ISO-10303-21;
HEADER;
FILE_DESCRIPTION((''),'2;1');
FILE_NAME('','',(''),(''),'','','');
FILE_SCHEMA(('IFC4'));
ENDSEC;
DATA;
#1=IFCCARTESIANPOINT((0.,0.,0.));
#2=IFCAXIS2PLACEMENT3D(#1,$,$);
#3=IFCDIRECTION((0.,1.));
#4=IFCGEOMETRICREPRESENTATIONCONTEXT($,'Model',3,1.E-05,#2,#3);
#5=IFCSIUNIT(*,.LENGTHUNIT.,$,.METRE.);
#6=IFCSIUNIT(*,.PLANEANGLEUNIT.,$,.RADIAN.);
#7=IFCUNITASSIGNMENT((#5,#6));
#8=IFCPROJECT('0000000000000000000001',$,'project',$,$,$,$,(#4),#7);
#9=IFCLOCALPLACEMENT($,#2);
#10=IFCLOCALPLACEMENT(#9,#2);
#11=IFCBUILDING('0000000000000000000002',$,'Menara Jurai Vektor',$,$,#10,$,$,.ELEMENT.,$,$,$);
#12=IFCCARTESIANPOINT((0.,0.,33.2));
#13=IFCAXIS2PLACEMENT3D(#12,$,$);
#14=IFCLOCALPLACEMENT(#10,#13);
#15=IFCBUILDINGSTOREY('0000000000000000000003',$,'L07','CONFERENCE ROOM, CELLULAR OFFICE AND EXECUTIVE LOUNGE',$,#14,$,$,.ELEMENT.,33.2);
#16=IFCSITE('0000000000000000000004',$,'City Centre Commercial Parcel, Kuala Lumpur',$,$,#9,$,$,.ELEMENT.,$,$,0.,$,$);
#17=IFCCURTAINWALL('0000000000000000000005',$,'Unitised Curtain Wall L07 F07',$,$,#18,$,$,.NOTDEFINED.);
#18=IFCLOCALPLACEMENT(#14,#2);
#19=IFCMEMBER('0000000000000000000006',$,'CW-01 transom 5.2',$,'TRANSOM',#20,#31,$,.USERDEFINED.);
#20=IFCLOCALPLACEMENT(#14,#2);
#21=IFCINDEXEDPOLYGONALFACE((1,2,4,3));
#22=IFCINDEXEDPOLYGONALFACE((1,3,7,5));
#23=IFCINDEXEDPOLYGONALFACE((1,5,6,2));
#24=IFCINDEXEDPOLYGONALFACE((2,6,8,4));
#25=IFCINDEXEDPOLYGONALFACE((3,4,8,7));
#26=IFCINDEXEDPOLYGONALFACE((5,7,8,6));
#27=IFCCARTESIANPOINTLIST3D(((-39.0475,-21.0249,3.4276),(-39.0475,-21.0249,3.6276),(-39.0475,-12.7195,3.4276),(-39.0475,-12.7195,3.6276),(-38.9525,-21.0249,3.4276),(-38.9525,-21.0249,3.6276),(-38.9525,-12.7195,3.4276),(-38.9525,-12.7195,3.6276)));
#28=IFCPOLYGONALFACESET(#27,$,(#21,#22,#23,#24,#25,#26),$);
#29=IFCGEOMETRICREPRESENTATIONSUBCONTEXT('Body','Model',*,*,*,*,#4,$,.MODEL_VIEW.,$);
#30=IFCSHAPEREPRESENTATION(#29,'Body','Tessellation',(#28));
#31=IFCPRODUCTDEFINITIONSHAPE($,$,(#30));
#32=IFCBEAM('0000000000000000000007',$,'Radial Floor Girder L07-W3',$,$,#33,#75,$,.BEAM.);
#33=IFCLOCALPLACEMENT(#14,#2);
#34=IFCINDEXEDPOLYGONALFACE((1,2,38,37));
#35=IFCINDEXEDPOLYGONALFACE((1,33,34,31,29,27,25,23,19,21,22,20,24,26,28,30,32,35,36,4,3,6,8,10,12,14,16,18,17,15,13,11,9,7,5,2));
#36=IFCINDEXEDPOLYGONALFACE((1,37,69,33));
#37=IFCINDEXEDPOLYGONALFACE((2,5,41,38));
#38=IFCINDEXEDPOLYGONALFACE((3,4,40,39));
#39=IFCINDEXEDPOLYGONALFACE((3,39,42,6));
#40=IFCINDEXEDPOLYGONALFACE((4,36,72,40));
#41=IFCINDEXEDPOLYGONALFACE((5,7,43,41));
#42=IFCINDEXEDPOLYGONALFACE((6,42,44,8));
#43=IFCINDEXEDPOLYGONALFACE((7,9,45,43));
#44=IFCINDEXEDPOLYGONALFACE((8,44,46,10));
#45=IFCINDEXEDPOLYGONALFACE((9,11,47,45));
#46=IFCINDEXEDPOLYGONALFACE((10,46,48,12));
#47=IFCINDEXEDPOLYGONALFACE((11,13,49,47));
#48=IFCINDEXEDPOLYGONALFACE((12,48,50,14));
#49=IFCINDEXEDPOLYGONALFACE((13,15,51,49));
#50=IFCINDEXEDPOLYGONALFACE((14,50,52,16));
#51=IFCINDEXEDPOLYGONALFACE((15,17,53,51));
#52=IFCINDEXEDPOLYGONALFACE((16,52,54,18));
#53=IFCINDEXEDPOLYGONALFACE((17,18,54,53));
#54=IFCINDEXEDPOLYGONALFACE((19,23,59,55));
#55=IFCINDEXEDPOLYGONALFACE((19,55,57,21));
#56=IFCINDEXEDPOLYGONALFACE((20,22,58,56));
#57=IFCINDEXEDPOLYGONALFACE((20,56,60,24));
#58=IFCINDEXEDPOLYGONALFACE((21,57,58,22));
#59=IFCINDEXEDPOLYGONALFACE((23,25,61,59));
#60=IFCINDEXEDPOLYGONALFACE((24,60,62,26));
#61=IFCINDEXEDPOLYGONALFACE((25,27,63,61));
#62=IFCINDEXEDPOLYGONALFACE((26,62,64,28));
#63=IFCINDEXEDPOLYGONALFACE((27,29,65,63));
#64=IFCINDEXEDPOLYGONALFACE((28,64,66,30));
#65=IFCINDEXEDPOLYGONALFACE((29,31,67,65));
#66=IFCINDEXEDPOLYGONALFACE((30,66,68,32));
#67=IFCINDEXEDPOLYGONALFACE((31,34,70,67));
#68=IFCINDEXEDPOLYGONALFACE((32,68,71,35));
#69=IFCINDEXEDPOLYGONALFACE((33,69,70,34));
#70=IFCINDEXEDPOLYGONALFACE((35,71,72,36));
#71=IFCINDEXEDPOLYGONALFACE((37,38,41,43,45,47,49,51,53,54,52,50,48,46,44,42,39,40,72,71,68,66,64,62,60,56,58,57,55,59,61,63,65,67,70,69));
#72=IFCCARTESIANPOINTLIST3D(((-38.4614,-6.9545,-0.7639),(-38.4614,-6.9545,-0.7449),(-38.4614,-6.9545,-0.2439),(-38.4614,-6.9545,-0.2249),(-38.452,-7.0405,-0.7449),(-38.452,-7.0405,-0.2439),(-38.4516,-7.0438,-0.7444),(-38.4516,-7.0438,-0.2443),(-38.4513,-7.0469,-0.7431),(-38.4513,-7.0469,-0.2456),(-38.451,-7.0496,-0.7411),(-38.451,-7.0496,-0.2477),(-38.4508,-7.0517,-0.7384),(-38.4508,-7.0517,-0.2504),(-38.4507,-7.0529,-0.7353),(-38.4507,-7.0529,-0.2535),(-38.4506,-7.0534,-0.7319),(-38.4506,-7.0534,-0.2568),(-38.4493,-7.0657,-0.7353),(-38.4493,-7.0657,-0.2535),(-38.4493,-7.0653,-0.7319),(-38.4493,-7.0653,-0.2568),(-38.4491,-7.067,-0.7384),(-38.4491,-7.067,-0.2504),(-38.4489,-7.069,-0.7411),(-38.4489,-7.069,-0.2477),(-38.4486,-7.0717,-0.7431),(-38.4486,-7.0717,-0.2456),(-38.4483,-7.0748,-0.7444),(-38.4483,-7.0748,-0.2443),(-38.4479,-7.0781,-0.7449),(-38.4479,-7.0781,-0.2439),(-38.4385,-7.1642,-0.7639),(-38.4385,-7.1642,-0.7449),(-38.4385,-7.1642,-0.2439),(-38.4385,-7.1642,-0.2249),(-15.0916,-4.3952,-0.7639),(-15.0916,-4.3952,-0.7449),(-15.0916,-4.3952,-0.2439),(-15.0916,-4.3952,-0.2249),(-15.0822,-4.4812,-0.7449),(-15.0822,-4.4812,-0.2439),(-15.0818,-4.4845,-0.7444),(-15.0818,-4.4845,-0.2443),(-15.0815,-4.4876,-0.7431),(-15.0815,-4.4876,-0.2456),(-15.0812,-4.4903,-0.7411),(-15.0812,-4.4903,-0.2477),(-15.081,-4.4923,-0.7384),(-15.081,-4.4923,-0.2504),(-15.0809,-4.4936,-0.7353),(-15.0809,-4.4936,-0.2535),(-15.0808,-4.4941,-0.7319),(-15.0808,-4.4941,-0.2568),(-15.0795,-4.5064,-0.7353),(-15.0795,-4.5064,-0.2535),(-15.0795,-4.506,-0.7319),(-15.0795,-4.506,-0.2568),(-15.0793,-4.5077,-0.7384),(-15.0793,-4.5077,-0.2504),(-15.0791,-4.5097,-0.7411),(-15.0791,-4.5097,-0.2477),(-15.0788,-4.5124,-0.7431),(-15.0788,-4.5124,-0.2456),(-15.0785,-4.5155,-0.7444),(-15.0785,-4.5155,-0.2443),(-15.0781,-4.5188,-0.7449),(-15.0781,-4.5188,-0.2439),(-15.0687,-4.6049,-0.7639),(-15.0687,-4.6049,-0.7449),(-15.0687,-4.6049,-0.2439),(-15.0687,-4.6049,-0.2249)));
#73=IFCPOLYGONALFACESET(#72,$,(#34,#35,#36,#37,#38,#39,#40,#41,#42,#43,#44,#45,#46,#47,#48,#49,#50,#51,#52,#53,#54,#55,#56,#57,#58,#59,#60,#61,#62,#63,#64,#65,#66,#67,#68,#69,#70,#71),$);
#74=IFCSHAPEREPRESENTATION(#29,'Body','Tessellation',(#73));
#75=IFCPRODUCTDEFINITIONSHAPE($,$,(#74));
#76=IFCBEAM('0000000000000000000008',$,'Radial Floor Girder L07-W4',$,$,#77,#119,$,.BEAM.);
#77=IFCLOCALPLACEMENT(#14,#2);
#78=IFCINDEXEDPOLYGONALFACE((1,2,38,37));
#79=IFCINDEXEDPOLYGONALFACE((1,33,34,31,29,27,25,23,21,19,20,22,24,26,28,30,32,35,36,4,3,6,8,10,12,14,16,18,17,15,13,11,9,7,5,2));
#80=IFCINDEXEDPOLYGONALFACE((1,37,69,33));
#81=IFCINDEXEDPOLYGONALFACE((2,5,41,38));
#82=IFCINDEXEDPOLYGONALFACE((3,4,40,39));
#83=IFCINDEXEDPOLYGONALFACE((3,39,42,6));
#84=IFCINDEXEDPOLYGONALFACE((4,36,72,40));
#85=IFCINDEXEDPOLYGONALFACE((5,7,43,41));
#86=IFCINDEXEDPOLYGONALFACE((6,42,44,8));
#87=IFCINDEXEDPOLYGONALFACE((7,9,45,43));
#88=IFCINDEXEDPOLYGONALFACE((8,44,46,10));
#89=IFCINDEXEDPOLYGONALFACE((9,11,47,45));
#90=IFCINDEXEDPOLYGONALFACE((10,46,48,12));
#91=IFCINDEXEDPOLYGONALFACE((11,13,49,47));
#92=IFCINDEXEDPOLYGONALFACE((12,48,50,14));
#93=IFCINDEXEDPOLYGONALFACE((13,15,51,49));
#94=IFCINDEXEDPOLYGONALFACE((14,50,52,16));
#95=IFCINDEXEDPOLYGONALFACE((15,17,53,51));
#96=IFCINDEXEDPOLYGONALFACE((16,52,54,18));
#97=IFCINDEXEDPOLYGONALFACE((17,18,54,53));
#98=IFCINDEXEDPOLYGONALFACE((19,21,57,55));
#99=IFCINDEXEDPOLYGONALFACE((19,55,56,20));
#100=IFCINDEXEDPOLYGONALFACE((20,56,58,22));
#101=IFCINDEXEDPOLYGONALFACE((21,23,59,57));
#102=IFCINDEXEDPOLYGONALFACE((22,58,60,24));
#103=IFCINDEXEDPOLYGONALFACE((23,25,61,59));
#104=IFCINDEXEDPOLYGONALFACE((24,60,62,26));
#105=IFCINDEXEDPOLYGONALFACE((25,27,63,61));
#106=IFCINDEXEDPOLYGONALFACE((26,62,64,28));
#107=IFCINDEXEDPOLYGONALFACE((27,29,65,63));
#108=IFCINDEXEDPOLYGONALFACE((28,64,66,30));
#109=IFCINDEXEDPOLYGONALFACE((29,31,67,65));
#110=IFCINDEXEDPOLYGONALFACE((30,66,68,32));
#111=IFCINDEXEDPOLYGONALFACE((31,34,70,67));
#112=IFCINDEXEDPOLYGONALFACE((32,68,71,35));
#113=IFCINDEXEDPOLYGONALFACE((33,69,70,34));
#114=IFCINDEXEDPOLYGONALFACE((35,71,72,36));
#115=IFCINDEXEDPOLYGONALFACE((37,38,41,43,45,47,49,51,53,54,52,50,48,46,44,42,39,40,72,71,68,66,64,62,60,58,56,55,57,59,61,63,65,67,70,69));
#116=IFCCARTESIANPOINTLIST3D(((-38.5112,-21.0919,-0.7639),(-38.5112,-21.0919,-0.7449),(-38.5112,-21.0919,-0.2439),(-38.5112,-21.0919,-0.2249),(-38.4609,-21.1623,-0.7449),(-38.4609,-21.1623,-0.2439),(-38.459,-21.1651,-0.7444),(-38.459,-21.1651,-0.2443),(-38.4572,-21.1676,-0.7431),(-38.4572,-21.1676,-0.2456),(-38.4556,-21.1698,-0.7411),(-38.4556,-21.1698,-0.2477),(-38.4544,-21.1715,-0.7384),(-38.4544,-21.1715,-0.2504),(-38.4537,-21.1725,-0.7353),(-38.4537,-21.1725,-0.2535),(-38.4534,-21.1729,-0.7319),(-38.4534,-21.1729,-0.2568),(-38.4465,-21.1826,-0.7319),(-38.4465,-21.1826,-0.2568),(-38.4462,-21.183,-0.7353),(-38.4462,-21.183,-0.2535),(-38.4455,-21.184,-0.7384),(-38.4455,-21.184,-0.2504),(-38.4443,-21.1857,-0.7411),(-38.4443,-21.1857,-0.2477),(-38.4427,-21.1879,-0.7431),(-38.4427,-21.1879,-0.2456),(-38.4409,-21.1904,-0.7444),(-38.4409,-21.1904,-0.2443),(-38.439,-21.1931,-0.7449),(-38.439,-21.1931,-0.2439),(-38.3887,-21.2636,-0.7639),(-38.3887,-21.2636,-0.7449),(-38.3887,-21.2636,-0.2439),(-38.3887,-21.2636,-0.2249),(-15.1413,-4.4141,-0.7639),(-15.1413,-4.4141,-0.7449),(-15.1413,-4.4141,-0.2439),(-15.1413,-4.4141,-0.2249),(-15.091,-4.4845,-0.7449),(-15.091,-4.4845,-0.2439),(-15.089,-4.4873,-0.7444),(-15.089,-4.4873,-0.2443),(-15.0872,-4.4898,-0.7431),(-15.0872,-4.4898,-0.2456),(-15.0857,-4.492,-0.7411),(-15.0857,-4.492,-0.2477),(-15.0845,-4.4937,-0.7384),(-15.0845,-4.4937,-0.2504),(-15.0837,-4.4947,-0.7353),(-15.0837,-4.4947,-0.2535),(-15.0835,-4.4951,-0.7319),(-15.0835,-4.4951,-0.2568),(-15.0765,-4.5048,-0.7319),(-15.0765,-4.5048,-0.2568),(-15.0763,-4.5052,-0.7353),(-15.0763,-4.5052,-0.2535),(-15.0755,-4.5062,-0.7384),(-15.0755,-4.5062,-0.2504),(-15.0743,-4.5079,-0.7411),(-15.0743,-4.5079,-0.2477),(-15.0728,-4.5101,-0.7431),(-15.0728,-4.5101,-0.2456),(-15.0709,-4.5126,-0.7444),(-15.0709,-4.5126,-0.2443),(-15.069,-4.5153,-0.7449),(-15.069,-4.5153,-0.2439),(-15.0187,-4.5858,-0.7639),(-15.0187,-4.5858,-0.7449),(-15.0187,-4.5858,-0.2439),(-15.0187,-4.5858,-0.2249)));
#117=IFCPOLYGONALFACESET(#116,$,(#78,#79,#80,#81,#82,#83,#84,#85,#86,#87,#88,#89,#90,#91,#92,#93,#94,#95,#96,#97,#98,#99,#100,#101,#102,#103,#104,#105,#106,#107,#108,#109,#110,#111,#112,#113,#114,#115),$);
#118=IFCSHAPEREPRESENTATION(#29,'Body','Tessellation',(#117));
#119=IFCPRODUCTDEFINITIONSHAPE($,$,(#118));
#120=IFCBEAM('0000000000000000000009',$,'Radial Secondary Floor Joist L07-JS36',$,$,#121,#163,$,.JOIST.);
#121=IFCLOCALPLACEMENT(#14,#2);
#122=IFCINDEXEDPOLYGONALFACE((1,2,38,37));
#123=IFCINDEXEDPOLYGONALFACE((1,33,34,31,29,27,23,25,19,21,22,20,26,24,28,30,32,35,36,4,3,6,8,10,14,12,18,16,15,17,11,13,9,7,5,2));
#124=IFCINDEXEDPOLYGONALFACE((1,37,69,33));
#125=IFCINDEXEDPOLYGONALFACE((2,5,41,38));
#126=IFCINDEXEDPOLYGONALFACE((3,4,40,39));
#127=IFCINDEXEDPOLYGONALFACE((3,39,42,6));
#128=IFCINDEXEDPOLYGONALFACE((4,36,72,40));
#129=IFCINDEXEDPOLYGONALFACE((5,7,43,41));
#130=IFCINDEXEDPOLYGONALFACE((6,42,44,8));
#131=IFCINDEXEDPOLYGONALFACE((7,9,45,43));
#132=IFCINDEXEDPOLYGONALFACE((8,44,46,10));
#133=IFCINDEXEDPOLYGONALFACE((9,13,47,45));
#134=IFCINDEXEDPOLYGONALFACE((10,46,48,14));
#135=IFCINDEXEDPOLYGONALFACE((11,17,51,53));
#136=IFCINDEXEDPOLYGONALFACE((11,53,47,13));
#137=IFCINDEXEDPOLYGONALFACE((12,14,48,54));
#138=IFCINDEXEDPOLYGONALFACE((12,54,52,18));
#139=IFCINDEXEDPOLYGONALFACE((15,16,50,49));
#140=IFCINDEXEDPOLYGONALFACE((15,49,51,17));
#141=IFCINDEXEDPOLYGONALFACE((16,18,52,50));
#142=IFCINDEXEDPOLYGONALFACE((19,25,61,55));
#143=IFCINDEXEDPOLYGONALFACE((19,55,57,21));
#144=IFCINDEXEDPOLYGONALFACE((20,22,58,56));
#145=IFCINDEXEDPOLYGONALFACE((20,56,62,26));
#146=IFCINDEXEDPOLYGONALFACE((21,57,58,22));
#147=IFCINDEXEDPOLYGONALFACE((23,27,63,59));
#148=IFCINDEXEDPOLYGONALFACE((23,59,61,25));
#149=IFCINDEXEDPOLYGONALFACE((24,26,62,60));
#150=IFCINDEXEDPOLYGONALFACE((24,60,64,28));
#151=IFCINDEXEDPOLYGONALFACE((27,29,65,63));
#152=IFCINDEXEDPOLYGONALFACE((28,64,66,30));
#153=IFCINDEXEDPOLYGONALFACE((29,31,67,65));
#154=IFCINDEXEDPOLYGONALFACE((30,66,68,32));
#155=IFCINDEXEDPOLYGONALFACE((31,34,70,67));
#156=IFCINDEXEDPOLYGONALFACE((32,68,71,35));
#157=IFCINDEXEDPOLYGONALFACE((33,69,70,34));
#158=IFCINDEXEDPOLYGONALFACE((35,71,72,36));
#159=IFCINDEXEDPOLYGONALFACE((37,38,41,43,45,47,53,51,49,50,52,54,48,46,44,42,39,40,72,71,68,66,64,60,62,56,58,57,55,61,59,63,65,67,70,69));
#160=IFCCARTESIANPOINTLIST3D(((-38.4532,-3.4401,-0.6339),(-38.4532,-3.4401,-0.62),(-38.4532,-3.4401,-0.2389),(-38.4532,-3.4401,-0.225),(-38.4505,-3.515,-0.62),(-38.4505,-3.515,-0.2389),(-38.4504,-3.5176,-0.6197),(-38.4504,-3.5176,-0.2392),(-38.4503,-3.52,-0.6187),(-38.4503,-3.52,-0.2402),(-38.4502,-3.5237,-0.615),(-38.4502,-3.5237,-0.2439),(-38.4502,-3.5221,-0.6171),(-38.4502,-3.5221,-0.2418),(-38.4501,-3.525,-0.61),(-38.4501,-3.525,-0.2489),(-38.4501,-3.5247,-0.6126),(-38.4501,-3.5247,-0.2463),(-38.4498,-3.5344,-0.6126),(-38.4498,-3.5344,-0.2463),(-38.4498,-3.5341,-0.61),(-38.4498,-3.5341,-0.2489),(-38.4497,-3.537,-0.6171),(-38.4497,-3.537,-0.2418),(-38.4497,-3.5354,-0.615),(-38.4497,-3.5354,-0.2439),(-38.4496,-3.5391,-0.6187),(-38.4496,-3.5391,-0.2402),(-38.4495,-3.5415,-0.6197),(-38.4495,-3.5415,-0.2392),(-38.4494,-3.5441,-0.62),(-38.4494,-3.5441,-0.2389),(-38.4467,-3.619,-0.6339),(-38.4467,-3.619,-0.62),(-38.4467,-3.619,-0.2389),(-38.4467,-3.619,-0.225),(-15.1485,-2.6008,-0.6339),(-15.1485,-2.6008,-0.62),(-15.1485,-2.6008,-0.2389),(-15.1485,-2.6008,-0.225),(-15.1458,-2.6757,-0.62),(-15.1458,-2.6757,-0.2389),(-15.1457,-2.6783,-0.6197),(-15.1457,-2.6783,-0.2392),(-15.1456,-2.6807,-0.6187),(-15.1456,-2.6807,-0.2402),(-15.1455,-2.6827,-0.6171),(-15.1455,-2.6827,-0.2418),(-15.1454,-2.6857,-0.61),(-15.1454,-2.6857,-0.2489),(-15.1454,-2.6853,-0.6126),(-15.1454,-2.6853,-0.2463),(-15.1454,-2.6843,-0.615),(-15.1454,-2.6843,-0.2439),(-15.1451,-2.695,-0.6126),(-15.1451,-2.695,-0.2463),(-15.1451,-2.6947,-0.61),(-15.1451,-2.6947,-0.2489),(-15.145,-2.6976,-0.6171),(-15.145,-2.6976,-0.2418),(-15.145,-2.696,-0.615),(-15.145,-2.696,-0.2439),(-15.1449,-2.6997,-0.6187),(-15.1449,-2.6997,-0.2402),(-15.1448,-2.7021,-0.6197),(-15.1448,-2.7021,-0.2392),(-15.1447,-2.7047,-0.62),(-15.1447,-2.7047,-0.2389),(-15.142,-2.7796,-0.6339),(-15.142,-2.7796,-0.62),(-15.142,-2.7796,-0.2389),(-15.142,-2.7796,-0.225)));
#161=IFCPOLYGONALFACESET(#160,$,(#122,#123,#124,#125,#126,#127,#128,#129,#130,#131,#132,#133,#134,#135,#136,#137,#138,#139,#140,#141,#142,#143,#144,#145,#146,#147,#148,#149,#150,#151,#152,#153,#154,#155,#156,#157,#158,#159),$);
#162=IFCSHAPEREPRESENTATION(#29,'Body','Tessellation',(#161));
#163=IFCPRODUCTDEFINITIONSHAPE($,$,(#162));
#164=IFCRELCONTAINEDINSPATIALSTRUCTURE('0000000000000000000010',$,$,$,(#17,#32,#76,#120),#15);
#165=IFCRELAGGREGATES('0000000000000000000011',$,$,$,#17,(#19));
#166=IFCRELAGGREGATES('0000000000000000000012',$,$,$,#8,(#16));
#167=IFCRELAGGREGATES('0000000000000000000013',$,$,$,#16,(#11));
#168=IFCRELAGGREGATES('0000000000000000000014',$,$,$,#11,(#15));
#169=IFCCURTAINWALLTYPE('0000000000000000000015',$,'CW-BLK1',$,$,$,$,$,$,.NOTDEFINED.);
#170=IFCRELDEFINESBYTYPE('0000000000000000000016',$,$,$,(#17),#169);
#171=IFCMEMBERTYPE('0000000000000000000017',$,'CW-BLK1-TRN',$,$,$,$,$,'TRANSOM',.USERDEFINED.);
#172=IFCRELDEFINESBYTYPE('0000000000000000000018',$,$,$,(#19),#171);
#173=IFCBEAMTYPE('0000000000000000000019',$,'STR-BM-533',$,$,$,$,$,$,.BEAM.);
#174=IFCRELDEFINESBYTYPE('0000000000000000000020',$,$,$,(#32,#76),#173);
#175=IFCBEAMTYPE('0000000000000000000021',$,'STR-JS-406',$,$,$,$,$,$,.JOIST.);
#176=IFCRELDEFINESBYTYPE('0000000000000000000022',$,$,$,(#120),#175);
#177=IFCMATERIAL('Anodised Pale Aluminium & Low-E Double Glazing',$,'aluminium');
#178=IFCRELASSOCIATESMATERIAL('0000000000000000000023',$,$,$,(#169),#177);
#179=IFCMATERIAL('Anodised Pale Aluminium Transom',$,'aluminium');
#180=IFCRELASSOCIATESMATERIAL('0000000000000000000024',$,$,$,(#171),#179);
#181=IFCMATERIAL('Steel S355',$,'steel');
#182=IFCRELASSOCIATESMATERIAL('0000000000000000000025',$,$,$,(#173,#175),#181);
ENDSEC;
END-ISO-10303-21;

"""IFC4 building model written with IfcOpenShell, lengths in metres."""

from ifc_helpers import new_model, si_unit, direction, frame, origin, origin_2d, place, context, subcontext, project, spatial, rectangle, i_section, extrude, material, material_profile, profile_set, type_object, element, aggregate, save


model = new_model("IFC4")

# Units and contexts
model_context = context("Model", 3, precision=1e-05, world=origin(), true_north=direction((0.0, 1.0)))
body_context = subcontext(model_context, "Body", "Model", "MODEL_VIEW")
ifc_project = project(units=[si_unit("LENGTHUNIT", "METRE"), si_unit("PLANEANGLEUNIT", "RADIAN")], contexts=[model_context])

# Site, building, storey
site_placement = place(None, origin())
site = spatial("IfcSite", under=ifc_project, at=site_placement, Name="City Centre Commercial Parcel, Kuala Lumpur", CompositionType="ELEMENT", RefElevation=0.0)
building_placement = place(site_placement, origin())
building = spatial("IfcBuilding", under=site, at=building_placement, Name="Menara Jurai Vektor", CompositionType="ELEMENT")
storey_placement = place(building_placement, frame((0.0, 0.0, 33.2)))
storey = spatial("IfcBuildingStorey", under=building, at=storey_placement, Name="L07", Description="CONFERENCE ROOM, CELLULAR OFFICE AND EXECUTIVE LOUNGE", CompositionType="ELEMENT", Elevation=33.2)

# Curtain wall
ifc_material_1 = material(Name="Anodised Pale Aluminium & Low-E Double Glazing", Category="aluminium")
curtain_wall_type = type_object("IfcCurtainWallType", Name="CW-BLK1", PredefinedType="NOTDEFINED", material=ifc_material_1)
curtain_wall_1_placement = place(storey_placement, origin())
curtain_wall_1 = element("IfcCurtainWall", 1, at=curtain_wall_1_placement, inside=storey, type_object=curtain_wall_type, Name="Unitised Curtain Wall L07 F07", PredefinedType="NOTDEFINED")

# Member
ifc_material_2 = material(Name="Anodised Pale Aluminium Transom", Category="aluminium")
ifc_material_profile_1 = material_profile(ifc_material_2, rectangle(XDim=0.095, YDim=0.2, at=origin_2d()), Name="ALU TRN 95x200")
ifc_profile_set_1 = profile_set([ifc_material_profile_1], Name="Anodised Pale Aluminium Transom")
member_type_1 = type_object("IfcMemberType", Name="CW-BLK1-TRN", ElementType="TRANSOM", PredefinedType="USERDEFINED", material=ifc_profile_set_1)
member_1_placement = place(storey_placement, frame((-39.0, -12.7195, 3.5276), z_axis=(0.0, -1.0, 0.0), x_axis=(1.0, 0.0, 0.0)))
member_1 = element("IfcMember", 2, at=member_1_placement, type_object=member_type_1, Name="CW-01 transom 5.2", ObjectType="TRANSOM", PredefinedType="USERDEFINED", context=body_context, shape_type="SweptSolid", body=[
    extrude(rectangle(XDim=0.095, YDim=0.2, at=origin_2d()), origin(), (0.0, 0.0, 1.0), 8.3054),
])

# Beams
ifc_material_3 = material(Name="Steel S355", Category="steel")
ifc_material_profile_2 = material_profile(ifc_material_3, i_section(OverallWidth=0.2109, OverallDepth=0.5391, WebThickness=0.012, FlangeThickness=0.019, FilletRadius=0.0129, at=origin_2d()), Name="UKB 533x210x109")
ifc_profile_set_2 = profile_set([ifc_material_profile_2], Name="Steel S355")
beam_type_1 = type_object("IfcBeamType", Name="STR-BM-533", PredefinedType="BEAM", material=ifc_profile_set_2)
beam_1_placement = place(storey_placement, frame((-38.45, -7.0593, -0.4944), z_axis=(0.994057, 0.108863, 0.0), x_axis=(-0.108863, 0.994057, 0.0)))
element("IfcBeam", 3, at=beam_1_placement, inside=storey, type_object=beam_type_1, Name="Radial Floor Girder L07-W3", PredefinedType="BEAM", context=body_context, shape_type="SweptSolid", body=[
    extrude(i_section(OverallWidth=0.2109, OverallDepth=0.5391, WebThickness=0.012, FlangeThickness=0.019, FilletRadius=0.0129, at=origin_2d()), origin(), (0.0, 0.0, 1.0), 23.5095),
])
beam_2_placement = place(storey_placement, frame((-38.45, -21.1777, -0.4944), z_axis=(0.813981, 0.580891, 0.0), x_axis=(-0.580891, 0.813981, 0.0)))
element("IfcBeam", 4, at=beam_2_placement, inside=storey, type_object=beam_type_1, Name="Radial Floor Girder L07-W4", PredefinedType="BEAM", context=body_context, shape_type="SweptSolid", body=[
    extrude(i_section(OverallWidth=0.2109, OverallDepth=0.5391, WebThickness=0.012, FlangeThickness=0.019, FilletRadius=0.0129, at=origin_2d()), origin(), (0.0, 0.0, 1.0), 28.7107),
])
ifc_material_profile_3 = material_profile(ifc_material_3, i_section(OverallWidth=0.179, OverallDepth=0.4089, WebThickness=0.009, FlangeThickness=0.0139, FilletRadius=0.01, at=origin_2d()), Name="UKB 406x178x67")
ifc_profile_set_3 = profile_set([ifc_material_profile_3], Name="Steel S355")
beam_type_2 = type_object("IfcBeamType", Name="STR-JS-406", PredefinedType="JOIST", material=ifc_profile_set_3)
beam_3_placement = place(storey_placement, frame((-38.45, -3.5295, -0.4294), z_axis=(0.999352, 0.035993, 0.0), x_axis=(-0.035993, 0.999352, 0.0)))
element("IfcBeam", 5, at=beam_3_placement, inside=storey, type_object=beam_type_2, Name="Radial Secondary Floor Joist L07-JS36", PredefinedType="JOIST", context=body_context, shape_type="SweptSolid", body=[
    extrude(i_section(OverallWidth=0.179, OverallDepth=0.4089, WebThickness=0.009, FlangeThickness=0.0139, FilletRadius=0.01, at=origin_2d()), origin(), (0.0, 0.0, 1.0), 23.3198),
])

aggregate(curtain_wall_1, [member_1])

save(model, "model.ifc")
